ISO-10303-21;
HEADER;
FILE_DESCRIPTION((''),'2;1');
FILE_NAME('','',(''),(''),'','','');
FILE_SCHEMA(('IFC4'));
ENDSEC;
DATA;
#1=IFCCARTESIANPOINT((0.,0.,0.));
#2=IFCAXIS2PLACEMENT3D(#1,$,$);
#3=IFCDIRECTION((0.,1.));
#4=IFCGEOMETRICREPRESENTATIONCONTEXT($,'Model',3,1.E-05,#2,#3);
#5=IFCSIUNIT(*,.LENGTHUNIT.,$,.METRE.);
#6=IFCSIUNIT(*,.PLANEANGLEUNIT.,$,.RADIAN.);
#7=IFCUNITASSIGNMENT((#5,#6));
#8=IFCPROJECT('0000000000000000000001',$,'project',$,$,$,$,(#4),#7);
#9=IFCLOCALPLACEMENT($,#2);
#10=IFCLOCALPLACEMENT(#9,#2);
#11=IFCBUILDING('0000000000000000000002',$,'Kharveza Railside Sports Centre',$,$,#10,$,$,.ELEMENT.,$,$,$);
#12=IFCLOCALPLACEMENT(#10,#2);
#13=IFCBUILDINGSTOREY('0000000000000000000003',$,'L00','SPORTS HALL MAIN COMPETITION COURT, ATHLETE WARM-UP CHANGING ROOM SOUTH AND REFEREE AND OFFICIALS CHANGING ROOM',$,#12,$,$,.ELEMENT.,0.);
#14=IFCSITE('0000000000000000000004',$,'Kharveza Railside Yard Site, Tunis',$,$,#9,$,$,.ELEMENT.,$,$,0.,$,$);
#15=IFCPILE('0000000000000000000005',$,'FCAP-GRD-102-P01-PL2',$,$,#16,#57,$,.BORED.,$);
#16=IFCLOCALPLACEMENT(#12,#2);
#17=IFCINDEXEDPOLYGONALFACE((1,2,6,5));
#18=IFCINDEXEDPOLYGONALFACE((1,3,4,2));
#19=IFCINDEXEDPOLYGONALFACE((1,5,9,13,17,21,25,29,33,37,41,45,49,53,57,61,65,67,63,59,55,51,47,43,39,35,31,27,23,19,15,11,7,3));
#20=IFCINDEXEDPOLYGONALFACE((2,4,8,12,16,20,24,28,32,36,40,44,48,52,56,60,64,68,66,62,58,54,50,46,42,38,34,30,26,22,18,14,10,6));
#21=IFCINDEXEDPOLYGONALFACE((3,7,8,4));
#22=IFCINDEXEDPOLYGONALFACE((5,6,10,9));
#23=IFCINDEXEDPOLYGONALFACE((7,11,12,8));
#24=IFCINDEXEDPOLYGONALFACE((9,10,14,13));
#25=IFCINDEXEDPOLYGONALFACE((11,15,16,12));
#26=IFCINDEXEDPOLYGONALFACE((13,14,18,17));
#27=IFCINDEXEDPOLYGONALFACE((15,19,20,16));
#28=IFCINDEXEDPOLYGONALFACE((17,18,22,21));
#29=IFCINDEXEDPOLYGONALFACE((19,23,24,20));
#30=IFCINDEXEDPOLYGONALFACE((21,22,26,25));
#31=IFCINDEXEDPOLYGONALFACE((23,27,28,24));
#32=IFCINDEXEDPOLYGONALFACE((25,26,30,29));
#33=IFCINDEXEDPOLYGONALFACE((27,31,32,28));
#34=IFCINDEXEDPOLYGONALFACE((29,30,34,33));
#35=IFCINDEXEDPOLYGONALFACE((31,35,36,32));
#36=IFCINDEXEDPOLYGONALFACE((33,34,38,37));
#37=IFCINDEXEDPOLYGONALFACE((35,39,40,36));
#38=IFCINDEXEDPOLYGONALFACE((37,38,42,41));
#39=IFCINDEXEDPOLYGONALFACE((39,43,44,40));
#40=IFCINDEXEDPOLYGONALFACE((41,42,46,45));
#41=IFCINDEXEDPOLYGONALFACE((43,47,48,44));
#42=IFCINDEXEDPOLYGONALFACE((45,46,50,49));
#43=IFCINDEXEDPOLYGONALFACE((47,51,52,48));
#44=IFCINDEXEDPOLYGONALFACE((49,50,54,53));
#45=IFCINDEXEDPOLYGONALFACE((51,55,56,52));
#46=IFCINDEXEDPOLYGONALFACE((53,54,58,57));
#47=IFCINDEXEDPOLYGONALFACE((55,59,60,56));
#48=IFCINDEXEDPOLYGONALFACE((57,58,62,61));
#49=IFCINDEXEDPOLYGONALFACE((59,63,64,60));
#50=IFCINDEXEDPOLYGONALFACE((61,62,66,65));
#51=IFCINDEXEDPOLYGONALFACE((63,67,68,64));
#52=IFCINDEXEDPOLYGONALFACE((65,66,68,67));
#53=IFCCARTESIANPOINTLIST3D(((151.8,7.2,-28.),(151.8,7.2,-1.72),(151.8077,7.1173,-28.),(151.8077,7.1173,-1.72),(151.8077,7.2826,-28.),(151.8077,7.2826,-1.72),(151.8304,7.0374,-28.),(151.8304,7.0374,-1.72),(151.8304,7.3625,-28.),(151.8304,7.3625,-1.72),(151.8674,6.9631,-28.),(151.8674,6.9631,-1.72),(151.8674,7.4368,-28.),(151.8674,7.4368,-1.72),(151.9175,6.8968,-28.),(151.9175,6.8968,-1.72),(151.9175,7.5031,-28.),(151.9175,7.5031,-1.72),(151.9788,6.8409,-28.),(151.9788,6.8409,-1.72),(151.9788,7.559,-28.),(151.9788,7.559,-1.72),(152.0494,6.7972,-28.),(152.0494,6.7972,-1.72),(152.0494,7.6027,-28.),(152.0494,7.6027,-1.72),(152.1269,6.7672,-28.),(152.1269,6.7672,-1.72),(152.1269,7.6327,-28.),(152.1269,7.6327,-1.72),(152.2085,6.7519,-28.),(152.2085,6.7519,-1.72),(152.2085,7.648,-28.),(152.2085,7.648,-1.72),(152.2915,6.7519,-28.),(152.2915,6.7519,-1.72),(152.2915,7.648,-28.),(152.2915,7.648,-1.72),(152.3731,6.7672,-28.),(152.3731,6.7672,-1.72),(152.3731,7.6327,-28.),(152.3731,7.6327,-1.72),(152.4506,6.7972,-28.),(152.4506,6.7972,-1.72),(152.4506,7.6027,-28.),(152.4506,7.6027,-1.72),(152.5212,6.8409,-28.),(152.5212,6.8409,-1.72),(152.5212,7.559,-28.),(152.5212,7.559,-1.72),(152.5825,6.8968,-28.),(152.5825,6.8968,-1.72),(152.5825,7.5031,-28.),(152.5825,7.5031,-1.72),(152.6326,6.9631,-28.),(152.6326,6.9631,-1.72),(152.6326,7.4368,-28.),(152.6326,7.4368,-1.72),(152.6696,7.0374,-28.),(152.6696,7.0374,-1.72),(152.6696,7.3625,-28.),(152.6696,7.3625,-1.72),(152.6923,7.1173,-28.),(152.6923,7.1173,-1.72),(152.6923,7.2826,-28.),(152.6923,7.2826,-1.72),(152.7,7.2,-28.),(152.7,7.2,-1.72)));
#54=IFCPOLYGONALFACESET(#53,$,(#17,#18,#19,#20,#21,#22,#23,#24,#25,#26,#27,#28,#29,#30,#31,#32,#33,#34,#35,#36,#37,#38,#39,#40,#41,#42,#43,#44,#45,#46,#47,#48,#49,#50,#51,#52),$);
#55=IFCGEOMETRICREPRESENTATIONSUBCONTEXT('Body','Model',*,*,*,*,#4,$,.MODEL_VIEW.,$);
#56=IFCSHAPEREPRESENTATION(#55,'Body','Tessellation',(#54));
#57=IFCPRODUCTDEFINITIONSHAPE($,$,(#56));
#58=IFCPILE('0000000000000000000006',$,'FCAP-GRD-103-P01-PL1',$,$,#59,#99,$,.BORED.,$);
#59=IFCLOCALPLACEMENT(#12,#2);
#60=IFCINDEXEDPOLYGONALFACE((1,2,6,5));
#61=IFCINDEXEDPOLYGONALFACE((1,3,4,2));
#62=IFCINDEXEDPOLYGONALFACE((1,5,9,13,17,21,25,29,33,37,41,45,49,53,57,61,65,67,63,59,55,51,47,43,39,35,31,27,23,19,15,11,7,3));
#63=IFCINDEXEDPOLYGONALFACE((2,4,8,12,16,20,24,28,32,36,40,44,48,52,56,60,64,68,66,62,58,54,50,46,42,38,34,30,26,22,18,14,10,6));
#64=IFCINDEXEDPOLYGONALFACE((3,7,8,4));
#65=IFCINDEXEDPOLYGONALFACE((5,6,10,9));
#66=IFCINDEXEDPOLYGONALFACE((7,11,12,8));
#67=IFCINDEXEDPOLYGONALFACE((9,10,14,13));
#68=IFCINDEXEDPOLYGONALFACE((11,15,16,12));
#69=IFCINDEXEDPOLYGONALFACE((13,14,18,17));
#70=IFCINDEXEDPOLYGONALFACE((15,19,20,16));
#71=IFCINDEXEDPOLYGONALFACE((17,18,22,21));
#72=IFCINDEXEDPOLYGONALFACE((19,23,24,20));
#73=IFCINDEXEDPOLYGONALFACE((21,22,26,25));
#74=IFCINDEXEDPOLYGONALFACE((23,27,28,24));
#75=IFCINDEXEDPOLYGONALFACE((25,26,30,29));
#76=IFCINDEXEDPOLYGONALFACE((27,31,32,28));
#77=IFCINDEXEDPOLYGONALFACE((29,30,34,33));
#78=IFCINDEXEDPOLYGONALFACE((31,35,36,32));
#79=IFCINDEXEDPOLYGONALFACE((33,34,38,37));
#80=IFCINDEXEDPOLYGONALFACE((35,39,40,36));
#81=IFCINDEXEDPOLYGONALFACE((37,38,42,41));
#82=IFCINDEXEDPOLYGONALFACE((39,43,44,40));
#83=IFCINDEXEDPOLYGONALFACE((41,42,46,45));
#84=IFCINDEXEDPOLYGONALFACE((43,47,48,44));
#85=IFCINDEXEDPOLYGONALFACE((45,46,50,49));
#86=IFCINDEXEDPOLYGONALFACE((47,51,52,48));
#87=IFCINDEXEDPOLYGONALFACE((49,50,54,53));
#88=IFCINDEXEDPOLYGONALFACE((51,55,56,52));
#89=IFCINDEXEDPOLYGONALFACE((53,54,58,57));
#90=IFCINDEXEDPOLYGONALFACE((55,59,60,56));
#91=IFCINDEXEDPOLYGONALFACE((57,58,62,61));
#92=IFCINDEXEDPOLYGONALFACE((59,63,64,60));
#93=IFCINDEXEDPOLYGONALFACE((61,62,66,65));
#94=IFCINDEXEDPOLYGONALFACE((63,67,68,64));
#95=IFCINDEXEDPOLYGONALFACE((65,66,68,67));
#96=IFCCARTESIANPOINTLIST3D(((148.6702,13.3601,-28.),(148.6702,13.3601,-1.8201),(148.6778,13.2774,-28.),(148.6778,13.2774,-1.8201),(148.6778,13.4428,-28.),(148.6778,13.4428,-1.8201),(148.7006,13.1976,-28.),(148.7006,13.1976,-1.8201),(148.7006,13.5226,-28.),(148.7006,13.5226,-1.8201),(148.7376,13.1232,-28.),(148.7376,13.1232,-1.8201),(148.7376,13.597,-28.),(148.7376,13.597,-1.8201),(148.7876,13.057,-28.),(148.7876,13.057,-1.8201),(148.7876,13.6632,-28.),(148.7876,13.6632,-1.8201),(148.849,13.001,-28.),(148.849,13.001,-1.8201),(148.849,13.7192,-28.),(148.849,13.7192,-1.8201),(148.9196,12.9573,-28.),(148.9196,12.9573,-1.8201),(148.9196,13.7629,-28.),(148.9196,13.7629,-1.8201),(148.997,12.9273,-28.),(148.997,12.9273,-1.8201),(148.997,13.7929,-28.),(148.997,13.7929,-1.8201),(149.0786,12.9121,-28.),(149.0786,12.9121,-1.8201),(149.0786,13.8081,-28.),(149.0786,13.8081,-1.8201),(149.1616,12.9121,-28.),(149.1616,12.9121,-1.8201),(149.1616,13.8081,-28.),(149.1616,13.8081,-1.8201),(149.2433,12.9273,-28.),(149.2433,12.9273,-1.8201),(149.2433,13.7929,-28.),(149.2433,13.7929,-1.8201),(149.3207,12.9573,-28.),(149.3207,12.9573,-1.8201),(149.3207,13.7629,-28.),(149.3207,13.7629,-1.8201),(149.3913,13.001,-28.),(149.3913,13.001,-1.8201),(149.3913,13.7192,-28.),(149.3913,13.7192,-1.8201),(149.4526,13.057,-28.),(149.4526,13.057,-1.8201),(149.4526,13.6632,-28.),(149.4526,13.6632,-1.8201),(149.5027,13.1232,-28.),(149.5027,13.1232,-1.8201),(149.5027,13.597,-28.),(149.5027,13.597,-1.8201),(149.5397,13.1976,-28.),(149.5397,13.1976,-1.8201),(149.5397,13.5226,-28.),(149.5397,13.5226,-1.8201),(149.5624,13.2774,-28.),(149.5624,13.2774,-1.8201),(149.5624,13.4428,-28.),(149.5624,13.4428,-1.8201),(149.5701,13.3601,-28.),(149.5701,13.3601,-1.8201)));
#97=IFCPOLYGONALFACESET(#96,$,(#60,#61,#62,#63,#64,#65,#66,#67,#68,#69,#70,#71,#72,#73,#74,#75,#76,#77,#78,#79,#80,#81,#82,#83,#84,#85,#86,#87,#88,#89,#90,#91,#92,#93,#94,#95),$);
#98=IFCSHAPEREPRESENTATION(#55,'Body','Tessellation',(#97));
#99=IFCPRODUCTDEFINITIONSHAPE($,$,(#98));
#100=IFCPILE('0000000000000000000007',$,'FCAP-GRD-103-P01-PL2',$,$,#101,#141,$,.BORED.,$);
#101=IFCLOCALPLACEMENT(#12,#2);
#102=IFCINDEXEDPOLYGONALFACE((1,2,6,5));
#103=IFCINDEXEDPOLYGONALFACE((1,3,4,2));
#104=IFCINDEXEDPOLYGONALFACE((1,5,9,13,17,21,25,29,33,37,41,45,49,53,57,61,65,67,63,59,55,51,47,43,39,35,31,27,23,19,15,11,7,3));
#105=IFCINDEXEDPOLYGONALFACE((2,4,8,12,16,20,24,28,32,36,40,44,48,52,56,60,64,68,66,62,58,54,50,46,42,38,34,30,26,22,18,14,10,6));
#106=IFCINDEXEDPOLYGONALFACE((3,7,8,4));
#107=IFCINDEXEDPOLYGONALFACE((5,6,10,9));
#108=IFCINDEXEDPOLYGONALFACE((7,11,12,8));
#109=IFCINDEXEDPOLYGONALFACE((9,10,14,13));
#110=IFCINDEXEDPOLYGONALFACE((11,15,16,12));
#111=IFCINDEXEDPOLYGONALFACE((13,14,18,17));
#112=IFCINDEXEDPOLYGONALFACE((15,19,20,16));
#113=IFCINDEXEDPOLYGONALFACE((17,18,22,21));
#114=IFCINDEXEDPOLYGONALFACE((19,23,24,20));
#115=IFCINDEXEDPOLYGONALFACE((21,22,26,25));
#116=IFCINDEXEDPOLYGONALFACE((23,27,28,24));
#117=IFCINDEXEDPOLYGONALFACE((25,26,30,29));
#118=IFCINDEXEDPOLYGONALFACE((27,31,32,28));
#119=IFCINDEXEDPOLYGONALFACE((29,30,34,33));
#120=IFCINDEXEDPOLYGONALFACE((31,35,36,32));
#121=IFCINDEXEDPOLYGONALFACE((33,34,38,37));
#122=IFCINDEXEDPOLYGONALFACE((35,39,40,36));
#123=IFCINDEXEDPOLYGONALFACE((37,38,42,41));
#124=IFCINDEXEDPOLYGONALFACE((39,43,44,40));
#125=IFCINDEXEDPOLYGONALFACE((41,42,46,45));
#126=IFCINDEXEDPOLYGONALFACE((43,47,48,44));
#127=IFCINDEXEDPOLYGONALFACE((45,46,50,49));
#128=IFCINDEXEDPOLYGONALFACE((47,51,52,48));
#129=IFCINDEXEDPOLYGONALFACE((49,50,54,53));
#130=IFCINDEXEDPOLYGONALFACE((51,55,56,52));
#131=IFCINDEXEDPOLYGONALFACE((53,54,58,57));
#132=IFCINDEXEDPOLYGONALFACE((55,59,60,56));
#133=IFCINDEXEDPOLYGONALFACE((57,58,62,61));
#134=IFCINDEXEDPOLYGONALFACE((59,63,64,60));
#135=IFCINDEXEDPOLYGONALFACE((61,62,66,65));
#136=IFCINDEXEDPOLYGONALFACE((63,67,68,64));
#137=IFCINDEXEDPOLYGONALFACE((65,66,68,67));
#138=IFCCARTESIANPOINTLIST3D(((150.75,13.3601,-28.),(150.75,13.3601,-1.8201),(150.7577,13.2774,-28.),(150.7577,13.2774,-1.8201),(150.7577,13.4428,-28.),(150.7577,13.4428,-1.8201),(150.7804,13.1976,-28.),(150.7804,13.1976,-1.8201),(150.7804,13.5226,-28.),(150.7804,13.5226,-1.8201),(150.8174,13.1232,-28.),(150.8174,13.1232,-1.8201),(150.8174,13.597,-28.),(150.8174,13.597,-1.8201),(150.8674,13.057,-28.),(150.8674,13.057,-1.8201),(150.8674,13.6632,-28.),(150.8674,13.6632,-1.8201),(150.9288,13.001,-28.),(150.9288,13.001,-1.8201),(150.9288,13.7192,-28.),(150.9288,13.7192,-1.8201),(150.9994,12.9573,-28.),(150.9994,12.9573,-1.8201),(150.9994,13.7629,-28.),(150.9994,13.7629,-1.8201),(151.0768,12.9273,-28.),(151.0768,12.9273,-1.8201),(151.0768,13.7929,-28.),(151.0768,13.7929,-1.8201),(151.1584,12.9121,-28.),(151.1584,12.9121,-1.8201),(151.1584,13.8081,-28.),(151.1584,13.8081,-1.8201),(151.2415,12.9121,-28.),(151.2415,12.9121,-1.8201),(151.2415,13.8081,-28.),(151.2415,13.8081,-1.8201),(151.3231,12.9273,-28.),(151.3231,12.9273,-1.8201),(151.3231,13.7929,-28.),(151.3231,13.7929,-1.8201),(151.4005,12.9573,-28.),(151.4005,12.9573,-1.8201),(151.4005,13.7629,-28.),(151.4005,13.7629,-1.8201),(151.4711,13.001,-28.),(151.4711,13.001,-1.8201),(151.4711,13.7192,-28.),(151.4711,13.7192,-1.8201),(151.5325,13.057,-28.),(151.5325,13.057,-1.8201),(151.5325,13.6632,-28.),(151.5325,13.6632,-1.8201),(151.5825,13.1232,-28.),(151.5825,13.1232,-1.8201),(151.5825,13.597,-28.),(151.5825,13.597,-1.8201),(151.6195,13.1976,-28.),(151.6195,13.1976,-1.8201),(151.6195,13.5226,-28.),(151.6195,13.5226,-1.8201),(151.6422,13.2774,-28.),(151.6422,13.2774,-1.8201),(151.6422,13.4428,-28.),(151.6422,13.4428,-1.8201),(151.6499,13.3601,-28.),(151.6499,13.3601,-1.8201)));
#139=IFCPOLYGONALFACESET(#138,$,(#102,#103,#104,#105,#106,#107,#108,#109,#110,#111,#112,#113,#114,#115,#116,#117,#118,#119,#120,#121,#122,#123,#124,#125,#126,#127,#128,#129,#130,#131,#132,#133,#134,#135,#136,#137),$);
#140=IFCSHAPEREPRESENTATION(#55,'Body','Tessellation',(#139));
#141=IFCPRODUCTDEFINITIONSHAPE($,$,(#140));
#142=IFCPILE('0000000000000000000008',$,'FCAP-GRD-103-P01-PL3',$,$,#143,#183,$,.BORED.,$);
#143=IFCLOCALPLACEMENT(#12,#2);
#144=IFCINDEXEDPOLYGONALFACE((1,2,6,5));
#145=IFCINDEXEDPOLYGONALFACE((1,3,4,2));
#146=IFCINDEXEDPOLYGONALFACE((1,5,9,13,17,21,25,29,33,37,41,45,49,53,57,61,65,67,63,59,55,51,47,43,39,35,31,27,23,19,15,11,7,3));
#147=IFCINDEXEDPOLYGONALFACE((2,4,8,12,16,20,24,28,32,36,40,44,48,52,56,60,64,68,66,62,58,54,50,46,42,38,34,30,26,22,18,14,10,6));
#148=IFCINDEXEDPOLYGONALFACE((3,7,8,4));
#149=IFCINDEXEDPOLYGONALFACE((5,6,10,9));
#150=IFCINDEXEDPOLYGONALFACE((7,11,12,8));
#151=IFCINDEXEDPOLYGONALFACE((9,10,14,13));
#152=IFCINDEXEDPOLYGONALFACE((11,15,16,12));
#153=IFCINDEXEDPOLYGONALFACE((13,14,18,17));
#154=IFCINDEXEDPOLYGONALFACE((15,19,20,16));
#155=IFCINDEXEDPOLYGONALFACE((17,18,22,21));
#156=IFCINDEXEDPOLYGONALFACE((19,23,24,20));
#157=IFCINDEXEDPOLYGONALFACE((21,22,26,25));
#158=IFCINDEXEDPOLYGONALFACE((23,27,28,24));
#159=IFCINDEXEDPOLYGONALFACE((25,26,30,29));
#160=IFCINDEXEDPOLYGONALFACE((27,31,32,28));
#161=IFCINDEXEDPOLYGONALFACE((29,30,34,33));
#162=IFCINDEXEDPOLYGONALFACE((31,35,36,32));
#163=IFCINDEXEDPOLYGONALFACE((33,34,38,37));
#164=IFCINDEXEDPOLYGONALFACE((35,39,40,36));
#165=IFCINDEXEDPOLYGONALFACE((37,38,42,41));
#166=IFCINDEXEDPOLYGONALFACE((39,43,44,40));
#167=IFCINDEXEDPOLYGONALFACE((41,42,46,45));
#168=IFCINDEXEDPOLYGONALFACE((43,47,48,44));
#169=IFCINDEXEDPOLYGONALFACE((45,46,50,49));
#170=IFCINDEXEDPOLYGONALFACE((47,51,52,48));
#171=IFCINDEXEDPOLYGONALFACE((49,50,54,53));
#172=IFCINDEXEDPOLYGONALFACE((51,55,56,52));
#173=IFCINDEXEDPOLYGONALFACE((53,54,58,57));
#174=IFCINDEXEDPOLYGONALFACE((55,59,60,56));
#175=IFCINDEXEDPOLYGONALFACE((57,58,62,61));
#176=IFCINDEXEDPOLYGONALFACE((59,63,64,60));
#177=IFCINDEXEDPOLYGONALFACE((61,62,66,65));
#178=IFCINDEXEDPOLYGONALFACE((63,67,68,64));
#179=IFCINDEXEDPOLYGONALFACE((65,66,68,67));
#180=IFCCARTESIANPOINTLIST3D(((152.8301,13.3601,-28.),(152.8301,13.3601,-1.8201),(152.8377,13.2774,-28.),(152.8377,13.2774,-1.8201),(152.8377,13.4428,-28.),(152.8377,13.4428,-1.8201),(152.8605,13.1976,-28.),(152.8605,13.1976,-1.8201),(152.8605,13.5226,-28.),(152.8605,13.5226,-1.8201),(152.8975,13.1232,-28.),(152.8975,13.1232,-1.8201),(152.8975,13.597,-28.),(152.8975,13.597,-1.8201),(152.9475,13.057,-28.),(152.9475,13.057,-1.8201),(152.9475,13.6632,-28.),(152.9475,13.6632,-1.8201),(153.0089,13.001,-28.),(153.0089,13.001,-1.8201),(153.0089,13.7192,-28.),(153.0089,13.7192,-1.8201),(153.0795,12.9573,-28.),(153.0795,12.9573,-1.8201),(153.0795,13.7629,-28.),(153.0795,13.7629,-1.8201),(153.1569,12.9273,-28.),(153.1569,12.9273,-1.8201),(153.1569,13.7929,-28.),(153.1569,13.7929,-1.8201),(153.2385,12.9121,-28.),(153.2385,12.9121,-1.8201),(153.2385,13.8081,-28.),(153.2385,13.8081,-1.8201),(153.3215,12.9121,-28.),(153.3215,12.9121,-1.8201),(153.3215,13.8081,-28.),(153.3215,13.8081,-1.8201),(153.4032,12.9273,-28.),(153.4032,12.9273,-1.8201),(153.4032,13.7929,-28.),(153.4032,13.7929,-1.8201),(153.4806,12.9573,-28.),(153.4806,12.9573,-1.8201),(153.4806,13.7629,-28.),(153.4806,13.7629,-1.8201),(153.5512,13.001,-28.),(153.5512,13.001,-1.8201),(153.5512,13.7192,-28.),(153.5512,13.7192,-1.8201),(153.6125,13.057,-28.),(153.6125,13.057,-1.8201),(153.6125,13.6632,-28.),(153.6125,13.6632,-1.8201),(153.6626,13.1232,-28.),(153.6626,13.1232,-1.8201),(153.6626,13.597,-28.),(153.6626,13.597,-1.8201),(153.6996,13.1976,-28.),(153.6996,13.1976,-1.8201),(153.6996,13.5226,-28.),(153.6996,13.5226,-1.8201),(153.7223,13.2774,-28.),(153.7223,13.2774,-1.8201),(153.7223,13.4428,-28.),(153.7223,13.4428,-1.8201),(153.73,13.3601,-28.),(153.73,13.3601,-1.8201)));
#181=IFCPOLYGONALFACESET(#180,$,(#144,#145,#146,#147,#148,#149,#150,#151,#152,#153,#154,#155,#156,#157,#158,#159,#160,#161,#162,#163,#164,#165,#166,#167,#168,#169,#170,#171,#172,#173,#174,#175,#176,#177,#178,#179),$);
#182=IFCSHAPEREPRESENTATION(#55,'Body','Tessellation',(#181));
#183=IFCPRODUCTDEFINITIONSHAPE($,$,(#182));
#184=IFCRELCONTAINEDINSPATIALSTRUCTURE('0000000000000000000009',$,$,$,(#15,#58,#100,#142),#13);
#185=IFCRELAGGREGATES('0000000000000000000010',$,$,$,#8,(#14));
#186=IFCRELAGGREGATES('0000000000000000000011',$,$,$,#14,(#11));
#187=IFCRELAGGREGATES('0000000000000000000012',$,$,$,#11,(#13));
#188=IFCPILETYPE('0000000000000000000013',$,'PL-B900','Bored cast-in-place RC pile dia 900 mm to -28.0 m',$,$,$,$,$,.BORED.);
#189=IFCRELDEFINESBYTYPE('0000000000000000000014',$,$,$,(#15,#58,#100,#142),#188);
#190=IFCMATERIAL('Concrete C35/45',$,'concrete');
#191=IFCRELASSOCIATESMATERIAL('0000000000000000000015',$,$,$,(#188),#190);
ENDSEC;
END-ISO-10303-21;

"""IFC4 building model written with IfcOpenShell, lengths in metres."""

from ifc_helpers import new_model, si_unit, direction, frame, origin, origin_2d, place, context, subcontext, project, spatial, circle, extrude, material, material_profile, profile_set, type_object, element, save


model = new_model("IFC4")

# Units and contexts
model_context = context("Model", 3, precision=1e-05, world=origin(), true_north=direction((0.0, 1.0)))
body_context = subcontext(model_context, "Body", "Model", "MODEL_VIEW")
ifc_project = project(units=[si_unit("LENGTHUNIT", "METRE"), si_unit("PLANEANGLEUNIT", "RADIAN")], contexts=[model_context])

# Site, building, storey
site_placement = place(None, origin())
site = spatial("IfcSite", under=ifc_project, at=site_placement, Name="Kharveza Railside Yard Site, Tunis", CompositionType="ELEMENT", RefElevation=0.0)
building_placement = place(site_placement, origin())
building = spatial("IfcBuilding", under=site, at=building_placement, Name="Kharveza Railside Sports Centre", CompositionType="ELEMENT")
storey_placement = place(building_placement, origin())
storey = spatial("IfcBuildingStorey", under=building, at=storey_placement, Name="L00", Description="SPORTS HALL MAIN COMPETITION COURT, ATHLETE WARM-UP CHANGING ROOM SOUTH AND REFEREE AND OFFICIALS CHANGING ROOM", CompositionType="ELEMENT", Elevation=0.0)

# Shared definitions
ifc_material_1 = material(Name="Concrete C35/45", Category="concrete")

# Piles
ifc_material_profile_1 = material_profile(ifc_material_1, circle(Radius=0.45, at=origin_2d()), Name="PILE D900")
ifc_profile_set_1 = profile_set([ifc_material_profile_1], Name="Concrete C35/45")
pile_type_1 = type_object("IfcPileType", Name="PL-B900", Description="Bored cast-in-place RC pile dia 900 mm to -28.0 m", PredefinedType="BORED", material=ifc_profile_set_1)
for number, where, z_axis, x_axis, name in (
    (1, (152.25, 7.2, -1.72), (0.0, 0.0, -1.0), (1.0, 0.0, 0.0), "FCAP-GRD-102-P01-PL2"),
):
    element("IfcPile", number, at=place(storey_placement, frame(where, z_axis=z_axis, x_axis=x_axis)), inside=storey, type_object=pile_type_1, Name=name, PredefinedType="BORED", context=body_context, shape_type="SweptSolid", body=[
        extrude(circle(Radius=0.45, at=origin_2d()), origin(), (0.0, 0.0, 1.0), 26.28),
    ])
for number, where, z_axis, x_axis, name in (
    (2, (149.1201, 13.3601, -1.8201), (0.0, 0.0, -1.0), (1.0, 0.0, 0.0), "FCAP-GRD-103-P01-PL1"),
    (3, (151.2, 13.3601, -1.8201), (0.0, 0.0, -1.0), (1.0, 0.0, 0.0), "FCAP-GRD-103-P01-PL2"),
    (4, (153.28, 13.3601, -1.8201), (0.0, 0.0, -1.0), (1.0, 0.0, 0.0), "FCAP-GRD-103-P01-PL3"),
):
    element("IfcPile", number, at=place(storey_placement, frame(where, z_axis=z_axis, x_axis=x_axis)), inside=storey, type_object=pile_type_1, Name=name, PredefinedType="BORED", context=body_context, shape_type="SweptSolid", body=[
        extrude(circle(Radius=0.45, at=origin_2d()), origin(), (0.0, 0.0, 1.0), 26.1799),
    ])

save(model, "model.ifc")
